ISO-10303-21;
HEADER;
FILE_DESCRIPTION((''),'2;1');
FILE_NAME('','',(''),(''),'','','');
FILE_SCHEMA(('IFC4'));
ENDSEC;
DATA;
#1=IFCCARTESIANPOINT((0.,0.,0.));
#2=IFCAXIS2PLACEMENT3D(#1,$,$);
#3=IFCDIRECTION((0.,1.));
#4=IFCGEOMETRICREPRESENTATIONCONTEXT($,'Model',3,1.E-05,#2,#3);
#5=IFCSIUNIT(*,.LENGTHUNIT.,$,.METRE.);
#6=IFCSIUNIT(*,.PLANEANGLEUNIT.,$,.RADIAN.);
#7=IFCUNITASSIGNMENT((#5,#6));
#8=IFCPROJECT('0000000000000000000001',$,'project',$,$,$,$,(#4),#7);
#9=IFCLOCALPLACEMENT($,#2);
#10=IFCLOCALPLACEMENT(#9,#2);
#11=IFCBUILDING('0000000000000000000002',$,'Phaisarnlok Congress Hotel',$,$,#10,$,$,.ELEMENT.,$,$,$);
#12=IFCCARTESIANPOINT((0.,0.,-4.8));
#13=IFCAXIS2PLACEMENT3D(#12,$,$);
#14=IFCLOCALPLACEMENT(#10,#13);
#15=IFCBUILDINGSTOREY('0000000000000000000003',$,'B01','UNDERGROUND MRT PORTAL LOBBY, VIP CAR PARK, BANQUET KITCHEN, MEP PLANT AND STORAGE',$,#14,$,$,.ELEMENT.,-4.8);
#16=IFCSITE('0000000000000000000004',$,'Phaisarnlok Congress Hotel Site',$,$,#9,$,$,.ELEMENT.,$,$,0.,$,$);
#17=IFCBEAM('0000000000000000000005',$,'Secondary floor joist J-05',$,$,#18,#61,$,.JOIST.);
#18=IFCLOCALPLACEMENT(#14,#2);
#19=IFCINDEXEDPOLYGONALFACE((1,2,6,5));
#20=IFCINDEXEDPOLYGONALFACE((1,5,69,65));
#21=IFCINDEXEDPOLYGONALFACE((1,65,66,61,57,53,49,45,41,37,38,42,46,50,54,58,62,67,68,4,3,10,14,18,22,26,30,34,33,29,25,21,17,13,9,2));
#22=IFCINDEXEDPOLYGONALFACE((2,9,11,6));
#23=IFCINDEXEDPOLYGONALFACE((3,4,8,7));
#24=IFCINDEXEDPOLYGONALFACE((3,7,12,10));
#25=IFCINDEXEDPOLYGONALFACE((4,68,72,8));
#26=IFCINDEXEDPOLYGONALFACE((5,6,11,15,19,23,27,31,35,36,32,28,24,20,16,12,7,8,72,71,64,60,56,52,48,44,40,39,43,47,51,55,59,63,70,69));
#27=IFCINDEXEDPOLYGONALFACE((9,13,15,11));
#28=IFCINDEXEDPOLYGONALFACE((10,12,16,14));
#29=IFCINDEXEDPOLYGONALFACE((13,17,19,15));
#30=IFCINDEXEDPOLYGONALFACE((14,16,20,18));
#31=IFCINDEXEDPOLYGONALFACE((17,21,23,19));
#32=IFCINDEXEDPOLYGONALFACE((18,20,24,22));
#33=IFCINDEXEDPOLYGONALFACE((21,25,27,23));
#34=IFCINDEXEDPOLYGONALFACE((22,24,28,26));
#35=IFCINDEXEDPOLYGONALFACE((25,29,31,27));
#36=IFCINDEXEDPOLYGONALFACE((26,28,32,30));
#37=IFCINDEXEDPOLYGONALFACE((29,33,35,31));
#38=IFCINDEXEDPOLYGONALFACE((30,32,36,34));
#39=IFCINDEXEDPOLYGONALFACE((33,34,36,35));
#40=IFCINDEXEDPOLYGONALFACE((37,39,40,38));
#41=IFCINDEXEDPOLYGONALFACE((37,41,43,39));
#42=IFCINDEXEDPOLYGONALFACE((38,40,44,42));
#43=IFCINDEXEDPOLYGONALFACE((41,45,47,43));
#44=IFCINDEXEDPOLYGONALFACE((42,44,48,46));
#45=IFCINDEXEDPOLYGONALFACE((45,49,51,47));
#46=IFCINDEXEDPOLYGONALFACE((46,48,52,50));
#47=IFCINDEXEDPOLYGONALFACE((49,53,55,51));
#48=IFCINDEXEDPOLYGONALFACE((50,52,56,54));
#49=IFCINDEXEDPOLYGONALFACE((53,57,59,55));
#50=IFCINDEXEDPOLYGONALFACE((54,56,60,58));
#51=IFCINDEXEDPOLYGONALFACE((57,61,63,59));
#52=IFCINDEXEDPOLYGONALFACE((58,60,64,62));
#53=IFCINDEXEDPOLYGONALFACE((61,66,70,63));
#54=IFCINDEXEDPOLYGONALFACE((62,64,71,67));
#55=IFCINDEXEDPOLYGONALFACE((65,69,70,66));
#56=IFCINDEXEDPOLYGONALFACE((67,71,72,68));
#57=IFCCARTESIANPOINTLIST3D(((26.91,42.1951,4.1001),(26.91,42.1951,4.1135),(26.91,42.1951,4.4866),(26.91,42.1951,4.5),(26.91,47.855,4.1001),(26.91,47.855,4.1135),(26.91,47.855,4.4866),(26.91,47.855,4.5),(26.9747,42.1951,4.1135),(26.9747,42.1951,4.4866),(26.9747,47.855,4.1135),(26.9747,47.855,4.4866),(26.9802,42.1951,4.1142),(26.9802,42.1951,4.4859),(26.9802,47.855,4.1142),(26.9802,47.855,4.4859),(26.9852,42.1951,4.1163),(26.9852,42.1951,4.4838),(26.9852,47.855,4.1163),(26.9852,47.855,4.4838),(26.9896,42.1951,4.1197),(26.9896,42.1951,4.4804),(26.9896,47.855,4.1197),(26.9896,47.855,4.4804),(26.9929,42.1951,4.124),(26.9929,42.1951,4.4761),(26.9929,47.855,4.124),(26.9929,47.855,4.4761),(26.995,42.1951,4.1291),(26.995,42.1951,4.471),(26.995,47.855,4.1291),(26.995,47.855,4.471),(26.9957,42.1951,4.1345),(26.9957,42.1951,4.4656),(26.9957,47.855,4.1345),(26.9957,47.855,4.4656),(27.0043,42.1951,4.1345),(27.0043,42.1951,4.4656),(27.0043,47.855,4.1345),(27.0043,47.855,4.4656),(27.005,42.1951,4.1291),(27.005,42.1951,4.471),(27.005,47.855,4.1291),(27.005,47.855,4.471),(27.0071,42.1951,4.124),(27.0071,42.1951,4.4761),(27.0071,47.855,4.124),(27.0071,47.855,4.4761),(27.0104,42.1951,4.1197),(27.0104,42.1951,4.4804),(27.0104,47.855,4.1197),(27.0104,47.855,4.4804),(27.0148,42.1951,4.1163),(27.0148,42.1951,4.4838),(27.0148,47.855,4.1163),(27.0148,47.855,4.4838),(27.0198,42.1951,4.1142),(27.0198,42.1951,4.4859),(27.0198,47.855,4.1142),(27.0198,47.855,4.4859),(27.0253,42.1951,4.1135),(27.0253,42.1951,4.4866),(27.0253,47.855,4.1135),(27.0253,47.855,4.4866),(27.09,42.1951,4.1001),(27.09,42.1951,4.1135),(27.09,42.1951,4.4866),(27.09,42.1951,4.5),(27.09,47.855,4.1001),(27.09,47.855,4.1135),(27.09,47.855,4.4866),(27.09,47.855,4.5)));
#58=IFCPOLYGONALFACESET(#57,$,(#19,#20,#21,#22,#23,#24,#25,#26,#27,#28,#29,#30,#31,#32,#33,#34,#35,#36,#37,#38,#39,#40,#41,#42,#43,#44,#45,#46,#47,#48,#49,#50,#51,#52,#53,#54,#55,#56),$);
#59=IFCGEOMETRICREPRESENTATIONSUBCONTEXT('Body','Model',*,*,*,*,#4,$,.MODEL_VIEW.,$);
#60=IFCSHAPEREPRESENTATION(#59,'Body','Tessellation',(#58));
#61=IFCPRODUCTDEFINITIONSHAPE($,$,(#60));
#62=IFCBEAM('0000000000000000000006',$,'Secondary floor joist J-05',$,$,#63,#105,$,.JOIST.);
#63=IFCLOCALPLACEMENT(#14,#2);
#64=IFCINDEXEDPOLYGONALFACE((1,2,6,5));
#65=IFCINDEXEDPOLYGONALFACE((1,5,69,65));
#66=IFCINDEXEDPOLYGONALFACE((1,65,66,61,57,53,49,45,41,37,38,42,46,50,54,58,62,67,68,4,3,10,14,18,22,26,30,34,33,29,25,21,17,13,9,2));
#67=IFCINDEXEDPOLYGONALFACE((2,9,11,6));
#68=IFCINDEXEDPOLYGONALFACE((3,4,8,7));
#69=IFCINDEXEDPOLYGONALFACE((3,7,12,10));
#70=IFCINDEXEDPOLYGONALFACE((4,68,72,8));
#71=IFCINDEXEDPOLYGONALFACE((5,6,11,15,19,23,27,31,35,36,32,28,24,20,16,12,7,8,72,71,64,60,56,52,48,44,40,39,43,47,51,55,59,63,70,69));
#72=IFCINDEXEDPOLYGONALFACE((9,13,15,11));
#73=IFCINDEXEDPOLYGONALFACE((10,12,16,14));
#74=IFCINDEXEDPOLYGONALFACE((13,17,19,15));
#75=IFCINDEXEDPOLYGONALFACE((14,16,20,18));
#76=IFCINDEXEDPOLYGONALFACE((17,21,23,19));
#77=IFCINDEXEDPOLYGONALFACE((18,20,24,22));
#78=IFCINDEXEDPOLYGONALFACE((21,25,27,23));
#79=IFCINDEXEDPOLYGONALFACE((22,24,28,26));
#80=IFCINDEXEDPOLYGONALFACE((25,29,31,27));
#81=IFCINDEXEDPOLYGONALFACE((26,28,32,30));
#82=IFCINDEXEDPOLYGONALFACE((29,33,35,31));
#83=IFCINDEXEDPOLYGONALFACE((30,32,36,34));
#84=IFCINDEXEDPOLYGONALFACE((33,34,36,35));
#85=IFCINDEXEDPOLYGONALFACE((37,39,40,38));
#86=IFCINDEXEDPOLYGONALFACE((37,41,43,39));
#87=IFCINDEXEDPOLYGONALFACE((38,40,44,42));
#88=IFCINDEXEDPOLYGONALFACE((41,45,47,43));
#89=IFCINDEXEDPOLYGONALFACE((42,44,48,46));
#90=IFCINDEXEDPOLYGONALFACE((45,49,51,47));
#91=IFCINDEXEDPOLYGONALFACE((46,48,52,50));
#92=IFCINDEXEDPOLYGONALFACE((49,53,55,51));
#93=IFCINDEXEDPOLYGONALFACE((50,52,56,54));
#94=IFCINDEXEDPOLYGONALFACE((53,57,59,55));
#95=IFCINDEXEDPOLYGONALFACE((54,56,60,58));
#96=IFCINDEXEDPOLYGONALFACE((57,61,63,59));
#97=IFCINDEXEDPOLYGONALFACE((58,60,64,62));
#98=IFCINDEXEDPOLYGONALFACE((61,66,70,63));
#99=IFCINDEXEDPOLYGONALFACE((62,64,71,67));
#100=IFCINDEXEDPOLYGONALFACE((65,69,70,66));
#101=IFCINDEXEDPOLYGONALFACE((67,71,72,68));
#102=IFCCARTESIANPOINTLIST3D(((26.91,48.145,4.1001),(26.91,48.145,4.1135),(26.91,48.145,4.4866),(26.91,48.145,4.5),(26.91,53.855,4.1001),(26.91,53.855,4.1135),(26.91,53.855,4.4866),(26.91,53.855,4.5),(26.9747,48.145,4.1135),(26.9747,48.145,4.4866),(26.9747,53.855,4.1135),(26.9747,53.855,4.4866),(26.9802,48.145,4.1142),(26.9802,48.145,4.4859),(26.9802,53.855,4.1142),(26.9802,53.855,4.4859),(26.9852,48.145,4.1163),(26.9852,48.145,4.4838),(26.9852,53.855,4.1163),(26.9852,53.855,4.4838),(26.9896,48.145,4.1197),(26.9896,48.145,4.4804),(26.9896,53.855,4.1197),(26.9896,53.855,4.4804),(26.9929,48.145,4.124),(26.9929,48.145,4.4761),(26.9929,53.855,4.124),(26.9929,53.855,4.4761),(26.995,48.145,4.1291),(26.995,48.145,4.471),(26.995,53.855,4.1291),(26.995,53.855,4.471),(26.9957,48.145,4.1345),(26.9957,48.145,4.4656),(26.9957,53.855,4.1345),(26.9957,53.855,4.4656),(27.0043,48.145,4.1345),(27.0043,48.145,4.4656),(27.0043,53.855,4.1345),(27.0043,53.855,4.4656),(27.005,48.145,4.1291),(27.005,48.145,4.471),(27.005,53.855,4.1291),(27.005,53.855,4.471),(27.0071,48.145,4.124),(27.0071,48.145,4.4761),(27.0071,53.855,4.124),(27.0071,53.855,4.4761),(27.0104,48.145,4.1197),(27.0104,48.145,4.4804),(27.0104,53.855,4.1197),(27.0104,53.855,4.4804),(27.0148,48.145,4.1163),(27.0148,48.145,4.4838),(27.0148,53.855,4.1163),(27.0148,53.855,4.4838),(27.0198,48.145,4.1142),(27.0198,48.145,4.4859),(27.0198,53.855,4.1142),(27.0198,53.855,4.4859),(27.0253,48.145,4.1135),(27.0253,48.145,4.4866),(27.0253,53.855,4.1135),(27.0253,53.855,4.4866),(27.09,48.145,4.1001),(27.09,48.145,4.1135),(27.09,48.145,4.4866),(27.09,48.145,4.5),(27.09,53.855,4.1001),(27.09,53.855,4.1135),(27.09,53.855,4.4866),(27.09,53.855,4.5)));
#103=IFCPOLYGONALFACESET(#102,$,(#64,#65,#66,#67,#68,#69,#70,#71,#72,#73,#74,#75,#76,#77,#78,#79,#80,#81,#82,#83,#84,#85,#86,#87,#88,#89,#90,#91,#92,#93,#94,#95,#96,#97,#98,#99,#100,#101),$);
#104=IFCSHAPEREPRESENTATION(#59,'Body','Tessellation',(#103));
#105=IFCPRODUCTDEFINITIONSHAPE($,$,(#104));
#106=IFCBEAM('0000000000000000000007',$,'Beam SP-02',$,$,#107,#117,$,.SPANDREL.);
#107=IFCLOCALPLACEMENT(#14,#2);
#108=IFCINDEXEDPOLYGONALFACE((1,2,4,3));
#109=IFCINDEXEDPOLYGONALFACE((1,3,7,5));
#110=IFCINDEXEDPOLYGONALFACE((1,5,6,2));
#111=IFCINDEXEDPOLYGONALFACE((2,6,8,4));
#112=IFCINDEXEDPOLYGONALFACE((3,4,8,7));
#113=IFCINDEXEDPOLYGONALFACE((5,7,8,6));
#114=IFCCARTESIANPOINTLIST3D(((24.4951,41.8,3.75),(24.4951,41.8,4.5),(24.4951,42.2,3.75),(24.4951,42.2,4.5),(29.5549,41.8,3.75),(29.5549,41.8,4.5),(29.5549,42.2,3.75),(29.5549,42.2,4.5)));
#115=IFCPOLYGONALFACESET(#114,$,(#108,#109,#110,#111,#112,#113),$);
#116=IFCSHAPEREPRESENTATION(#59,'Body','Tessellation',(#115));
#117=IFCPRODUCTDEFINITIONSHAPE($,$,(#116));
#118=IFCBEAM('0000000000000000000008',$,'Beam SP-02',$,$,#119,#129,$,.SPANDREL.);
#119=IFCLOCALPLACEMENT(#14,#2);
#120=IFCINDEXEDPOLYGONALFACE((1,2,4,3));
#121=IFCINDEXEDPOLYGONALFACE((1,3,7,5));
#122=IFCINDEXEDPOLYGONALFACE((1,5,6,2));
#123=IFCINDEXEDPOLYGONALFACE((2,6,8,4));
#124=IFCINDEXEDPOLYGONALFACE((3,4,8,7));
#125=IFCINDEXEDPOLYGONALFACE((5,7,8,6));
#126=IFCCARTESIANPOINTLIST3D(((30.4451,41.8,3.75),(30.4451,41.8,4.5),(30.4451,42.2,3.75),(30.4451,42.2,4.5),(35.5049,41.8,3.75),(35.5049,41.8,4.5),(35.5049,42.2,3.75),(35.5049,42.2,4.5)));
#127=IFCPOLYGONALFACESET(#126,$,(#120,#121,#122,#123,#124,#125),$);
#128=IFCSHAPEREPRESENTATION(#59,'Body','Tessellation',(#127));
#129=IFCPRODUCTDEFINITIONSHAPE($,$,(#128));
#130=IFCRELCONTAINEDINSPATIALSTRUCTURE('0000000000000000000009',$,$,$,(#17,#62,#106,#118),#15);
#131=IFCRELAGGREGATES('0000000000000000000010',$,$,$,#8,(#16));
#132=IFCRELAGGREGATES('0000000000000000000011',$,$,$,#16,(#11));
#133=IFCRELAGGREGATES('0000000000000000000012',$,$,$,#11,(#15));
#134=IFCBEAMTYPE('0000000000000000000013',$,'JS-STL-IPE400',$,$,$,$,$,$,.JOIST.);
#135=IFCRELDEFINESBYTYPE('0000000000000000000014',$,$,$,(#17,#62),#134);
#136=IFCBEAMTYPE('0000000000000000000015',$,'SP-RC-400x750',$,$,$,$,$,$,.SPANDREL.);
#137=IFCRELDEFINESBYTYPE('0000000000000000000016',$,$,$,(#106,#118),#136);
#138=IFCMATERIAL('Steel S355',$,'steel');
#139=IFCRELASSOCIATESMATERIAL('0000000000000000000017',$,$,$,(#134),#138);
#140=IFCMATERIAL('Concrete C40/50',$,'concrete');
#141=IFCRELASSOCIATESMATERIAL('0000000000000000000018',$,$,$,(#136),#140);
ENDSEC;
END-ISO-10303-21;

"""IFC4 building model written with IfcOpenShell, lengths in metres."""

from ifc_helpers import new_model, si_unit, direction, frame, origin, origin_2d, place, context, subcontext, project, spatial, rectangle, i_section, extrude, material, material_profile, profile_set, type_object, element, save


model = new_model("IFC4")

# Units and contexts
model_context = context("Model", 3, precision=1e-05, world=origin(), true_north=direction((0.0, 1.0)))
body_context = subcontext(model_context, "Body", "Model", "MODEL_VIEW")
ifc_project = project(units=[si_unit("LENGTHUNIT", "METRE"), si_unit("PLANEANGLEUNIT", "RADIAN")], contexts=[model_context])

# Site, building, storey
site_placement = place(None, origin())
site = spatial("IfcSite", under=ifc_project, at=site_placement, Name="Phaisarnlok Congress Hotel Site", CompositionType="ELEMENT", RefElevation=0.0)
building_placement = place(site_placement, origin())
building = spatial("IfcBuilding", under=site, at=building_placement, Name="Phaisarnlok Congress Hotel", CompositionType="ELEMENT")
storey_placement = place(building_placement, frame((0.0, 0.0, -4.8)))
storey = spatial("IfcBuildingStorey", under=building, at=storey_placement, Name="B01", Description="UNDERGROUND MRT PORTAL LOBBY, VIP CAR PARK, BANQUET KITCHEN, MEP PLANT AND STORAGE", CompositionType="ELEMENT", Elevation=-4.8)

# Shared definitions
ifc_material_1 = material(Name="Concrete C40/50", Category="concrete")

# Beams
ifc_material_2 = material(Name="Steel S355", Category="steel")
ifc_material_profile_1 = material_profile(ifc_material_2, i_section(OverallWidth=0.1799, OverallDepth=0.3999, WebThickness=0.0085, FlangeThickness=0.0134, FilletRadius=0.021, at=origin_2d()), Name="IPE 400")
ifc_profile_set_1 = profile_set([ifc_material_profile_1], Name="Steel S355")
beam_type_1 = type_object("IfcBeamType", Name="JS-STL-IPE400", PredefinedType="JOIST", material=ifc_profile_set_1)
beam_1_placement = place(storey_placement, frame((27.0, 42.1951, 4.3), z_axis=(0.0, 1.0, 0.0), x_axis=(-1.0, 0.0, 0.0)))
element("IfcBeam", 1, at=beam_1_placement, inside=storey, type_object=beam_type_1, Name="Secondary floor joist J-05", PredefinedType="JOIST", context=body_context, shape_type="SweptSolid", body=[
    extrude(i_section(OverallWidth=0.1799, OverallDepth=0.3999, WebThickness=0.0085, FlangeThickness=0.0134, FilletRadius=0.021, at=origin_2d()), origin(), (0.0, 0.0, 1.0), 5.6599),
])
beam_2_placement = place(storey_placement, frame((27.0, 48.145, 4.3), z_axis=(0.0, 1.0, 0.0), x_axis=(-1.0, 0.0, 0.0)))
element("IfcBeam", 2, at=beam_2_placement, inside=storey, type_object=beam_type_1, Name="Secondary floor joist J-05", PredefinedType="JOIST", context=body_context, shape_type="SweptSolid", body=[
    extrude(i_section(OverallWidth=0.1799, OverallDepth=0.3999, WebThickness=0.0085, FlangeThickness=0.0134, FilletRadius=0.021, at=origin_2d()), origin(), (0.0, 0.0, 1.0), 5.71),
])
ifc_material_profile_2 = material_profile(ifc_material_1, rectangle(XDim=0.3999, YDim=0.75, at=origin_2d()), Name="RC 400x750")
ifc_profile_set_2 = profile_set([ifc_material_profile_2], Name="Concrete C40/50")
beam_type_2 = type_object("IfcBeamType", Name="SP-RC-400x750", PredefinedType="SPANDREL", material=ifc_profile_set_2)
for number, where, z_axis, x_axis, name in (
    (3, (24.4951, 42.0, 4.125), (1.0, 0.0, 0.0), (0.0, 1.0, 0.0), "Beam SP-02"),
    (4, (30.4451, 42.0, 4.125), (1.0, 0.0, 0.0), (0.0, 1.0, 0.0), "Beam SP-02"),
):
    element("IfcBeam", number, at=place(storey_placement, frame(where, z_axis=z_axis, x_axis=x_axis)), inside=storey, type_object=beam_type_2, Name=name, PredefinedType="SPANDREL", context=body_context, shape_type="SweptSolid", body=[
        extrude(rectangle(XDim=0.3999, YDim=0.75, at=origin_2d()), origin(), (0.0, 0.0, 1.0), 5.0598),
    ])

save(model, "model.ifc")
